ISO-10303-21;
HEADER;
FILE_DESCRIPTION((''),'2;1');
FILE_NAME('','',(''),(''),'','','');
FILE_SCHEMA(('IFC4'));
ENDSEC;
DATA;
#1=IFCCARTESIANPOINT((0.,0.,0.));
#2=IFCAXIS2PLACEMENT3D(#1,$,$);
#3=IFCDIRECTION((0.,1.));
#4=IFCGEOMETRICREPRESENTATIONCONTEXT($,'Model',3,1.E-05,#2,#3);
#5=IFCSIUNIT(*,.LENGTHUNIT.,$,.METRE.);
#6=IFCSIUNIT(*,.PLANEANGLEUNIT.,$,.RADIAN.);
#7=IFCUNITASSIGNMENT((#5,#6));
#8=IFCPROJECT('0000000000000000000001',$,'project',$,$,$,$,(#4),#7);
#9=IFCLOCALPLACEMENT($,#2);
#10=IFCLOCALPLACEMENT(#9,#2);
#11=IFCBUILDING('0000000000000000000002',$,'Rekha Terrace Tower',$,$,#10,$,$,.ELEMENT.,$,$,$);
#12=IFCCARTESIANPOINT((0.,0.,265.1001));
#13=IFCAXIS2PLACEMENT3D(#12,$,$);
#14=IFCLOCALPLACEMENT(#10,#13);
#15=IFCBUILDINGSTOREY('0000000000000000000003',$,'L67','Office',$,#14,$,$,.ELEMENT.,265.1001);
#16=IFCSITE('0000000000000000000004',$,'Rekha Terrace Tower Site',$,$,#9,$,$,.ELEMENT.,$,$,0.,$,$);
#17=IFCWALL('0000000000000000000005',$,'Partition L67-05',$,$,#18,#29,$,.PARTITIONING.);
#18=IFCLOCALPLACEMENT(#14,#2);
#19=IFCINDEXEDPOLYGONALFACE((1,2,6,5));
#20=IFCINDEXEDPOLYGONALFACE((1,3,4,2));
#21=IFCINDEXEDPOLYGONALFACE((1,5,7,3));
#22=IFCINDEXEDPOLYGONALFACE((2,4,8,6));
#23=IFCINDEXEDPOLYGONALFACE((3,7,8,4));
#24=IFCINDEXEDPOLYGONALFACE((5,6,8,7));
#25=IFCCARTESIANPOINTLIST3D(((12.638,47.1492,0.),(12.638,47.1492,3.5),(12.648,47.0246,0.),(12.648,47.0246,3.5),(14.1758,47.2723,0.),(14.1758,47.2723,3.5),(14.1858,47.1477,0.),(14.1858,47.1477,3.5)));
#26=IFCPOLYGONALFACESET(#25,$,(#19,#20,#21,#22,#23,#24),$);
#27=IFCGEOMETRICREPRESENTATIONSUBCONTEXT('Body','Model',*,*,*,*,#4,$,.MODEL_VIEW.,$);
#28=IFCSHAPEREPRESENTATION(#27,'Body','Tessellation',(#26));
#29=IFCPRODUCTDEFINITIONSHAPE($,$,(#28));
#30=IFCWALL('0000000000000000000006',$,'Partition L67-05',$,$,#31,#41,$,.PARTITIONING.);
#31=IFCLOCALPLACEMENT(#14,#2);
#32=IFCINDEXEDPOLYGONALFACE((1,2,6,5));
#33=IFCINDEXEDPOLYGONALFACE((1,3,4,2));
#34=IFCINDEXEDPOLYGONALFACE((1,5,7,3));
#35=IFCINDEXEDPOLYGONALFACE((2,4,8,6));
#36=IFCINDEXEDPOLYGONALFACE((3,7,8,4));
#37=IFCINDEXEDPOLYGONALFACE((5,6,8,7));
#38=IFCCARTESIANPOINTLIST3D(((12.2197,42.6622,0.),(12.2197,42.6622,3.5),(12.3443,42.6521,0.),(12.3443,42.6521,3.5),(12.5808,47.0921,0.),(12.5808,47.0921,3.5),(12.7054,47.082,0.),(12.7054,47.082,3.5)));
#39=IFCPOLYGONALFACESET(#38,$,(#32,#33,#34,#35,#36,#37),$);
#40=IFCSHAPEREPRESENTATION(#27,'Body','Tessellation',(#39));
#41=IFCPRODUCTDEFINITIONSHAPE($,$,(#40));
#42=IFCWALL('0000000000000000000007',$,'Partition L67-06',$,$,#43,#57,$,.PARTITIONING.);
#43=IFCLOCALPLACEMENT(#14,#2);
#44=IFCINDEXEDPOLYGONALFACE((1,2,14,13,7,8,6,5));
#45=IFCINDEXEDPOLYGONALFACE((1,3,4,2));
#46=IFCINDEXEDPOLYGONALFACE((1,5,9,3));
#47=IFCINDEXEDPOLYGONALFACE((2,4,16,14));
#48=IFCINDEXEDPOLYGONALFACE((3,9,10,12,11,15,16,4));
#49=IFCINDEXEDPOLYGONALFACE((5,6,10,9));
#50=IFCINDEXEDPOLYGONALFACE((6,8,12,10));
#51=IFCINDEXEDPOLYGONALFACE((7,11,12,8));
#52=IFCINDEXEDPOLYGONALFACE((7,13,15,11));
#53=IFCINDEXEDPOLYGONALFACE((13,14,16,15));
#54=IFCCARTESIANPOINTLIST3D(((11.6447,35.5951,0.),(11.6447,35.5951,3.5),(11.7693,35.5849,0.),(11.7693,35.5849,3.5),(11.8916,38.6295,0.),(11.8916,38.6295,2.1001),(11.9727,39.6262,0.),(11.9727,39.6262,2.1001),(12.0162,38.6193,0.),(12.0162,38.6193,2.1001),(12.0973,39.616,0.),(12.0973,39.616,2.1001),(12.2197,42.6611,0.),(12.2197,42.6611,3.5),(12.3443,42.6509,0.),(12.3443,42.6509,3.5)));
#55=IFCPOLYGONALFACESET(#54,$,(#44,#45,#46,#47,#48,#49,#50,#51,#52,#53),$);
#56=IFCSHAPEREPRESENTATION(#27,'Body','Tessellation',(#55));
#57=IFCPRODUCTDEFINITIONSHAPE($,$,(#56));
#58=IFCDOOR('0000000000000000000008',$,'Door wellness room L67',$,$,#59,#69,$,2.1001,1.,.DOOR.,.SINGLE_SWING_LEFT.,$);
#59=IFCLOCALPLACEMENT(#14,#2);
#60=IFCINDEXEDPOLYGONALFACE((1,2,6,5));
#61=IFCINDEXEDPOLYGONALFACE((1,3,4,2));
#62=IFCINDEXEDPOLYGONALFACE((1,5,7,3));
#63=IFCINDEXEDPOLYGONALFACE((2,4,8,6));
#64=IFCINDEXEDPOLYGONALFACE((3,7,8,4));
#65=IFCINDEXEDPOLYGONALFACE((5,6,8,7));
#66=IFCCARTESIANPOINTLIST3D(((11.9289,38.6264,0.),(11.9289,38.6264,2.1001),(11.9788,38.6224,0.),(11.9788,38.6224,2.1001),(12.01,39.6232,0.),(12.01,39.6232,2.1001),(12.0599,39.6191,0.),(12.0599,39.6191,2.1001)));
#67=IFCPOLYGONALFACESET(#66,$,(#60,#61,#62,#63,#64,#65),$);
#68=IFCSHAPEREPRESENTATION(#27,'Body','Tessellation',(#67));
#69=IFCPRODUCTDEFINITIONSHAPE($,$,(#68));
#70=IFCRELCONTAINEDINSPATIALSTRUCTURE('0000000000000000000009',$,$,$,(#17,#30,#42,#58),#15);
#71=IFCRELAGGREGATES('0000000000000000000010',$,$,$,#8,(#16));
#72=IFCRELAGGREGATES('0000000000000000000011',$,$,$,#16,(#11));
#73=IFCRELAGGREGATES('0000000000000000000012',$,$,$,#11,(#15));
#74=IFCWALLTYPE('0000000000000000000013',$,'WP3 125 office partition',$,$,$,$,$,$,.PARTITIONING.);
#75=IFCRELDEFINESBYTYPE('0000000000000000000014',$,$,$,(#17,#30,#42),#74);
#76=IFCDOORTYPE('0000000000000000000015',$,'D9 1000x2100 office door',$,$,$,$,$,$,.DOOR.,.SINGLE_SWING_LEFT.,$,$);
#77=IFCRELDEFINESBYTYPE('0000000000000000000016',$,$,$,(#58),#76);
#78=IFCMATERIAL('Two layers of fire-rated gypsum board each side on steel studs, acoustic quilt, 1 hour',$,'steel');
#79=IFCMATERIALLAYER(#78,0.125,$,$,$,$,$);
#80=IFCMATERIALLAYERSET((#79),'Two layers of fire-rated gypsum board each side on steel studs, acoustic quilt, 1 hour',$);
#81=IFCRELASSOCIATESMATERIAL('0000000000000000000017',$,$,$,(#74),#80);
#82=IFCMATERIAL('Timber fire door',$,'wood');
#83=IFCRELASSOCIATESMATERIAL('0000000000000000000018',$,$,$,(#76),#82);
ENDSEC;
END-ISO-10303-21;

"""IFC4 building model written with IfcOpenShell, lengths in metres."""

from ifc_helpers import new_model, si_unit, direction, frame, frame_2d, origin, place, context, subcontext, project, spatial, rectangle, extrude, material, layer, layer_set, type_object, element, fill, save


model = new_model("IFC4")

# Units and contexts
model_context = context("Model", 3, precision=1e-05, world=origin(), true_north=direction((0.0, 1.0)))
body_context = subcontext(model_context, "Body", "Model", "MODEL_VIEW")
ifc_project = project(units=[si_unit("LENGTHUNIT", "METRE"), si_unit("PLANEANGLEUNIT", "RADIAN")], contexts=[model_context])

# Site, building, storey
site_placement = place(None, origin())
site = spatial("IfcSite", under=ifc_project, at=site_placement, Name="Rekha Terrace Tower Site", CompositionType="ELEMENT", RefElevation=0.0)
building_placement = place(site_placement, origin())
building = spatial("IfcBuilding", under=site, at=building_placement, Name="Rekha Terrace Tower", CompositionType="ELEMENT")
storey_placement = place(building_placement, frame((0.0, 0.0, 265.1001)))
storey = spatial("IfcBuildingStorey", under=building, at=storey_placement, Name="L67", Description="Office", CompositionType="ELEMENT", Elevation=265.1001)

# Shared definitions
ifc_material_1 = material(Name="Two layers of fire-rated gypsum board each side on steel studs, acoustic quilt, 1 hour", Category="steel")
ifc_layer_1 = layer(ifc_material_1, 0.125)
ifc_layer_set_1 = layer_set([ifc_layer_1], Name="Two layers of fire-rated gypsum board each side on steel studs, acoustic quilt, 1 hour")
wall_type = type_object("IfcWallType", Name="WP3 125 office partition", PredefinedType="PARTITIONING", material=ifc_layer_set_1)

# Shared definitions
ifc_material_2 = material(Name="Timber fire door", Category="wood")
door_type = type_object("IfcDoorType", Name="D9 1000x2100 office door", OperationType="SINGLE_SWING_LEFT", PredefinedType="DOOR", material=ifc_material_2)

# Walls
wall_1_placement = place(storey_placement, frame((14.1809, 47.21, 0.0), z_axis=(0.0, 0.0, 1.0), x_axis=(-0.996814, -0.079758, 0.0)))
element("IfcWall", 1, at=wall_1_placement, inside=storey, type_object=wall_type, Name="Partition L67-05", PredefinedType="PARTITIONING", context=body_context, shape_type="SweptSolid", body=[
    extrude(rectangle(XDim=1.5427, YDim=0.125, at=frame_2d((0.7715, 0.0))), origin(), (0.0, 0.0, 1.0), 3.5),
])
wall_2_placement = place(storey_placement, frame((12.6431, 47.0869, 0.0), z_axis=(0.0, 0.0, 1.0), x_axis=(-0.081241, -0.996695, 0.0)))
element("IfcWall", 2, at=wall_2_placement, inside=storey, type_object=wall_type, Name="Partition L67-05", PredefinedType="PARTITIONING", context=body_context, shape_type="SweptSolid", body=[
    extrude(rectangle(XDim=4.4446, YDim=0.125, at=frame_2d((2.2222, 0.0))), origin(), (0.0, 0.0, 1.0), 3.5),
])

# Wall, opening, door
wall_3_placement = place(storey_placement, frame((12.282, 42.656, 0.0), z_axis=(0.0, 0.0, 1.0), x_axis=(-0.081102, -0.996706, 0.0)))
wall_3 = element("IfcWall", 3, at=wall_3_placement, inside=storey, type_object=wall_type, Name="Partition L67-06", PredefinedType="PARTITIONING", context=body_context, shape_type="SweptSolid", body=[
    extrude(rectangle(XDim=7.0894, YDim=0.125, at=frame_2d((3.5447, 0.0))), origin(), (0.0, 0.0, 1.0), 3.5),
])
opening_1_placement = place(wall_3_placement, frame((3.0449, 0.0, 0.0)))
opening_1 = element("IfcOpeningElement", 4, at=opening_1_placement, cuts=wall_3, PredefinedType="OPENING", context=body_context, shape_type="SweptSolid", body=[
    extrude(rectangle(XDim=1.0, YDim=2.1001, at=frame_2d((0.5, 1.05))), frame((0.0, 0.0725, 0.0), z_axis=(0.0, -1.0, 0.0), x_axis=(1.0, 0.0, 0.0)), (0.0, 0.0, 1.0), 0.145),
])
door_1_placement = place(opening_1_placement, origin())
door_1 = element("IfcDoor", 5, at=door_1_placement, inside=storey, type_object=door_type, Name="Door wellness room L67", OperationType="SINGLE_SWING_LEFT", OverallHeight=2.1001, OverallWidth=1.0, PredefinedType="DOOR", context=body_context, shape_type="SweptSolid", body=[
    extrude(rectangle(XDim=1.0, YDim=2.1001, at=frame_2d((0.5, 1.05))), frame((0.0, 0.0249, 0.0), z_axis=(0.0, -1.0, 0.0), x_axis=(1.0, 0.0, 0.0)), (0.0, 0.0, 1.0), 0.05),
])
fill(opening_1, door_1)

save(model, "model.ifc")
